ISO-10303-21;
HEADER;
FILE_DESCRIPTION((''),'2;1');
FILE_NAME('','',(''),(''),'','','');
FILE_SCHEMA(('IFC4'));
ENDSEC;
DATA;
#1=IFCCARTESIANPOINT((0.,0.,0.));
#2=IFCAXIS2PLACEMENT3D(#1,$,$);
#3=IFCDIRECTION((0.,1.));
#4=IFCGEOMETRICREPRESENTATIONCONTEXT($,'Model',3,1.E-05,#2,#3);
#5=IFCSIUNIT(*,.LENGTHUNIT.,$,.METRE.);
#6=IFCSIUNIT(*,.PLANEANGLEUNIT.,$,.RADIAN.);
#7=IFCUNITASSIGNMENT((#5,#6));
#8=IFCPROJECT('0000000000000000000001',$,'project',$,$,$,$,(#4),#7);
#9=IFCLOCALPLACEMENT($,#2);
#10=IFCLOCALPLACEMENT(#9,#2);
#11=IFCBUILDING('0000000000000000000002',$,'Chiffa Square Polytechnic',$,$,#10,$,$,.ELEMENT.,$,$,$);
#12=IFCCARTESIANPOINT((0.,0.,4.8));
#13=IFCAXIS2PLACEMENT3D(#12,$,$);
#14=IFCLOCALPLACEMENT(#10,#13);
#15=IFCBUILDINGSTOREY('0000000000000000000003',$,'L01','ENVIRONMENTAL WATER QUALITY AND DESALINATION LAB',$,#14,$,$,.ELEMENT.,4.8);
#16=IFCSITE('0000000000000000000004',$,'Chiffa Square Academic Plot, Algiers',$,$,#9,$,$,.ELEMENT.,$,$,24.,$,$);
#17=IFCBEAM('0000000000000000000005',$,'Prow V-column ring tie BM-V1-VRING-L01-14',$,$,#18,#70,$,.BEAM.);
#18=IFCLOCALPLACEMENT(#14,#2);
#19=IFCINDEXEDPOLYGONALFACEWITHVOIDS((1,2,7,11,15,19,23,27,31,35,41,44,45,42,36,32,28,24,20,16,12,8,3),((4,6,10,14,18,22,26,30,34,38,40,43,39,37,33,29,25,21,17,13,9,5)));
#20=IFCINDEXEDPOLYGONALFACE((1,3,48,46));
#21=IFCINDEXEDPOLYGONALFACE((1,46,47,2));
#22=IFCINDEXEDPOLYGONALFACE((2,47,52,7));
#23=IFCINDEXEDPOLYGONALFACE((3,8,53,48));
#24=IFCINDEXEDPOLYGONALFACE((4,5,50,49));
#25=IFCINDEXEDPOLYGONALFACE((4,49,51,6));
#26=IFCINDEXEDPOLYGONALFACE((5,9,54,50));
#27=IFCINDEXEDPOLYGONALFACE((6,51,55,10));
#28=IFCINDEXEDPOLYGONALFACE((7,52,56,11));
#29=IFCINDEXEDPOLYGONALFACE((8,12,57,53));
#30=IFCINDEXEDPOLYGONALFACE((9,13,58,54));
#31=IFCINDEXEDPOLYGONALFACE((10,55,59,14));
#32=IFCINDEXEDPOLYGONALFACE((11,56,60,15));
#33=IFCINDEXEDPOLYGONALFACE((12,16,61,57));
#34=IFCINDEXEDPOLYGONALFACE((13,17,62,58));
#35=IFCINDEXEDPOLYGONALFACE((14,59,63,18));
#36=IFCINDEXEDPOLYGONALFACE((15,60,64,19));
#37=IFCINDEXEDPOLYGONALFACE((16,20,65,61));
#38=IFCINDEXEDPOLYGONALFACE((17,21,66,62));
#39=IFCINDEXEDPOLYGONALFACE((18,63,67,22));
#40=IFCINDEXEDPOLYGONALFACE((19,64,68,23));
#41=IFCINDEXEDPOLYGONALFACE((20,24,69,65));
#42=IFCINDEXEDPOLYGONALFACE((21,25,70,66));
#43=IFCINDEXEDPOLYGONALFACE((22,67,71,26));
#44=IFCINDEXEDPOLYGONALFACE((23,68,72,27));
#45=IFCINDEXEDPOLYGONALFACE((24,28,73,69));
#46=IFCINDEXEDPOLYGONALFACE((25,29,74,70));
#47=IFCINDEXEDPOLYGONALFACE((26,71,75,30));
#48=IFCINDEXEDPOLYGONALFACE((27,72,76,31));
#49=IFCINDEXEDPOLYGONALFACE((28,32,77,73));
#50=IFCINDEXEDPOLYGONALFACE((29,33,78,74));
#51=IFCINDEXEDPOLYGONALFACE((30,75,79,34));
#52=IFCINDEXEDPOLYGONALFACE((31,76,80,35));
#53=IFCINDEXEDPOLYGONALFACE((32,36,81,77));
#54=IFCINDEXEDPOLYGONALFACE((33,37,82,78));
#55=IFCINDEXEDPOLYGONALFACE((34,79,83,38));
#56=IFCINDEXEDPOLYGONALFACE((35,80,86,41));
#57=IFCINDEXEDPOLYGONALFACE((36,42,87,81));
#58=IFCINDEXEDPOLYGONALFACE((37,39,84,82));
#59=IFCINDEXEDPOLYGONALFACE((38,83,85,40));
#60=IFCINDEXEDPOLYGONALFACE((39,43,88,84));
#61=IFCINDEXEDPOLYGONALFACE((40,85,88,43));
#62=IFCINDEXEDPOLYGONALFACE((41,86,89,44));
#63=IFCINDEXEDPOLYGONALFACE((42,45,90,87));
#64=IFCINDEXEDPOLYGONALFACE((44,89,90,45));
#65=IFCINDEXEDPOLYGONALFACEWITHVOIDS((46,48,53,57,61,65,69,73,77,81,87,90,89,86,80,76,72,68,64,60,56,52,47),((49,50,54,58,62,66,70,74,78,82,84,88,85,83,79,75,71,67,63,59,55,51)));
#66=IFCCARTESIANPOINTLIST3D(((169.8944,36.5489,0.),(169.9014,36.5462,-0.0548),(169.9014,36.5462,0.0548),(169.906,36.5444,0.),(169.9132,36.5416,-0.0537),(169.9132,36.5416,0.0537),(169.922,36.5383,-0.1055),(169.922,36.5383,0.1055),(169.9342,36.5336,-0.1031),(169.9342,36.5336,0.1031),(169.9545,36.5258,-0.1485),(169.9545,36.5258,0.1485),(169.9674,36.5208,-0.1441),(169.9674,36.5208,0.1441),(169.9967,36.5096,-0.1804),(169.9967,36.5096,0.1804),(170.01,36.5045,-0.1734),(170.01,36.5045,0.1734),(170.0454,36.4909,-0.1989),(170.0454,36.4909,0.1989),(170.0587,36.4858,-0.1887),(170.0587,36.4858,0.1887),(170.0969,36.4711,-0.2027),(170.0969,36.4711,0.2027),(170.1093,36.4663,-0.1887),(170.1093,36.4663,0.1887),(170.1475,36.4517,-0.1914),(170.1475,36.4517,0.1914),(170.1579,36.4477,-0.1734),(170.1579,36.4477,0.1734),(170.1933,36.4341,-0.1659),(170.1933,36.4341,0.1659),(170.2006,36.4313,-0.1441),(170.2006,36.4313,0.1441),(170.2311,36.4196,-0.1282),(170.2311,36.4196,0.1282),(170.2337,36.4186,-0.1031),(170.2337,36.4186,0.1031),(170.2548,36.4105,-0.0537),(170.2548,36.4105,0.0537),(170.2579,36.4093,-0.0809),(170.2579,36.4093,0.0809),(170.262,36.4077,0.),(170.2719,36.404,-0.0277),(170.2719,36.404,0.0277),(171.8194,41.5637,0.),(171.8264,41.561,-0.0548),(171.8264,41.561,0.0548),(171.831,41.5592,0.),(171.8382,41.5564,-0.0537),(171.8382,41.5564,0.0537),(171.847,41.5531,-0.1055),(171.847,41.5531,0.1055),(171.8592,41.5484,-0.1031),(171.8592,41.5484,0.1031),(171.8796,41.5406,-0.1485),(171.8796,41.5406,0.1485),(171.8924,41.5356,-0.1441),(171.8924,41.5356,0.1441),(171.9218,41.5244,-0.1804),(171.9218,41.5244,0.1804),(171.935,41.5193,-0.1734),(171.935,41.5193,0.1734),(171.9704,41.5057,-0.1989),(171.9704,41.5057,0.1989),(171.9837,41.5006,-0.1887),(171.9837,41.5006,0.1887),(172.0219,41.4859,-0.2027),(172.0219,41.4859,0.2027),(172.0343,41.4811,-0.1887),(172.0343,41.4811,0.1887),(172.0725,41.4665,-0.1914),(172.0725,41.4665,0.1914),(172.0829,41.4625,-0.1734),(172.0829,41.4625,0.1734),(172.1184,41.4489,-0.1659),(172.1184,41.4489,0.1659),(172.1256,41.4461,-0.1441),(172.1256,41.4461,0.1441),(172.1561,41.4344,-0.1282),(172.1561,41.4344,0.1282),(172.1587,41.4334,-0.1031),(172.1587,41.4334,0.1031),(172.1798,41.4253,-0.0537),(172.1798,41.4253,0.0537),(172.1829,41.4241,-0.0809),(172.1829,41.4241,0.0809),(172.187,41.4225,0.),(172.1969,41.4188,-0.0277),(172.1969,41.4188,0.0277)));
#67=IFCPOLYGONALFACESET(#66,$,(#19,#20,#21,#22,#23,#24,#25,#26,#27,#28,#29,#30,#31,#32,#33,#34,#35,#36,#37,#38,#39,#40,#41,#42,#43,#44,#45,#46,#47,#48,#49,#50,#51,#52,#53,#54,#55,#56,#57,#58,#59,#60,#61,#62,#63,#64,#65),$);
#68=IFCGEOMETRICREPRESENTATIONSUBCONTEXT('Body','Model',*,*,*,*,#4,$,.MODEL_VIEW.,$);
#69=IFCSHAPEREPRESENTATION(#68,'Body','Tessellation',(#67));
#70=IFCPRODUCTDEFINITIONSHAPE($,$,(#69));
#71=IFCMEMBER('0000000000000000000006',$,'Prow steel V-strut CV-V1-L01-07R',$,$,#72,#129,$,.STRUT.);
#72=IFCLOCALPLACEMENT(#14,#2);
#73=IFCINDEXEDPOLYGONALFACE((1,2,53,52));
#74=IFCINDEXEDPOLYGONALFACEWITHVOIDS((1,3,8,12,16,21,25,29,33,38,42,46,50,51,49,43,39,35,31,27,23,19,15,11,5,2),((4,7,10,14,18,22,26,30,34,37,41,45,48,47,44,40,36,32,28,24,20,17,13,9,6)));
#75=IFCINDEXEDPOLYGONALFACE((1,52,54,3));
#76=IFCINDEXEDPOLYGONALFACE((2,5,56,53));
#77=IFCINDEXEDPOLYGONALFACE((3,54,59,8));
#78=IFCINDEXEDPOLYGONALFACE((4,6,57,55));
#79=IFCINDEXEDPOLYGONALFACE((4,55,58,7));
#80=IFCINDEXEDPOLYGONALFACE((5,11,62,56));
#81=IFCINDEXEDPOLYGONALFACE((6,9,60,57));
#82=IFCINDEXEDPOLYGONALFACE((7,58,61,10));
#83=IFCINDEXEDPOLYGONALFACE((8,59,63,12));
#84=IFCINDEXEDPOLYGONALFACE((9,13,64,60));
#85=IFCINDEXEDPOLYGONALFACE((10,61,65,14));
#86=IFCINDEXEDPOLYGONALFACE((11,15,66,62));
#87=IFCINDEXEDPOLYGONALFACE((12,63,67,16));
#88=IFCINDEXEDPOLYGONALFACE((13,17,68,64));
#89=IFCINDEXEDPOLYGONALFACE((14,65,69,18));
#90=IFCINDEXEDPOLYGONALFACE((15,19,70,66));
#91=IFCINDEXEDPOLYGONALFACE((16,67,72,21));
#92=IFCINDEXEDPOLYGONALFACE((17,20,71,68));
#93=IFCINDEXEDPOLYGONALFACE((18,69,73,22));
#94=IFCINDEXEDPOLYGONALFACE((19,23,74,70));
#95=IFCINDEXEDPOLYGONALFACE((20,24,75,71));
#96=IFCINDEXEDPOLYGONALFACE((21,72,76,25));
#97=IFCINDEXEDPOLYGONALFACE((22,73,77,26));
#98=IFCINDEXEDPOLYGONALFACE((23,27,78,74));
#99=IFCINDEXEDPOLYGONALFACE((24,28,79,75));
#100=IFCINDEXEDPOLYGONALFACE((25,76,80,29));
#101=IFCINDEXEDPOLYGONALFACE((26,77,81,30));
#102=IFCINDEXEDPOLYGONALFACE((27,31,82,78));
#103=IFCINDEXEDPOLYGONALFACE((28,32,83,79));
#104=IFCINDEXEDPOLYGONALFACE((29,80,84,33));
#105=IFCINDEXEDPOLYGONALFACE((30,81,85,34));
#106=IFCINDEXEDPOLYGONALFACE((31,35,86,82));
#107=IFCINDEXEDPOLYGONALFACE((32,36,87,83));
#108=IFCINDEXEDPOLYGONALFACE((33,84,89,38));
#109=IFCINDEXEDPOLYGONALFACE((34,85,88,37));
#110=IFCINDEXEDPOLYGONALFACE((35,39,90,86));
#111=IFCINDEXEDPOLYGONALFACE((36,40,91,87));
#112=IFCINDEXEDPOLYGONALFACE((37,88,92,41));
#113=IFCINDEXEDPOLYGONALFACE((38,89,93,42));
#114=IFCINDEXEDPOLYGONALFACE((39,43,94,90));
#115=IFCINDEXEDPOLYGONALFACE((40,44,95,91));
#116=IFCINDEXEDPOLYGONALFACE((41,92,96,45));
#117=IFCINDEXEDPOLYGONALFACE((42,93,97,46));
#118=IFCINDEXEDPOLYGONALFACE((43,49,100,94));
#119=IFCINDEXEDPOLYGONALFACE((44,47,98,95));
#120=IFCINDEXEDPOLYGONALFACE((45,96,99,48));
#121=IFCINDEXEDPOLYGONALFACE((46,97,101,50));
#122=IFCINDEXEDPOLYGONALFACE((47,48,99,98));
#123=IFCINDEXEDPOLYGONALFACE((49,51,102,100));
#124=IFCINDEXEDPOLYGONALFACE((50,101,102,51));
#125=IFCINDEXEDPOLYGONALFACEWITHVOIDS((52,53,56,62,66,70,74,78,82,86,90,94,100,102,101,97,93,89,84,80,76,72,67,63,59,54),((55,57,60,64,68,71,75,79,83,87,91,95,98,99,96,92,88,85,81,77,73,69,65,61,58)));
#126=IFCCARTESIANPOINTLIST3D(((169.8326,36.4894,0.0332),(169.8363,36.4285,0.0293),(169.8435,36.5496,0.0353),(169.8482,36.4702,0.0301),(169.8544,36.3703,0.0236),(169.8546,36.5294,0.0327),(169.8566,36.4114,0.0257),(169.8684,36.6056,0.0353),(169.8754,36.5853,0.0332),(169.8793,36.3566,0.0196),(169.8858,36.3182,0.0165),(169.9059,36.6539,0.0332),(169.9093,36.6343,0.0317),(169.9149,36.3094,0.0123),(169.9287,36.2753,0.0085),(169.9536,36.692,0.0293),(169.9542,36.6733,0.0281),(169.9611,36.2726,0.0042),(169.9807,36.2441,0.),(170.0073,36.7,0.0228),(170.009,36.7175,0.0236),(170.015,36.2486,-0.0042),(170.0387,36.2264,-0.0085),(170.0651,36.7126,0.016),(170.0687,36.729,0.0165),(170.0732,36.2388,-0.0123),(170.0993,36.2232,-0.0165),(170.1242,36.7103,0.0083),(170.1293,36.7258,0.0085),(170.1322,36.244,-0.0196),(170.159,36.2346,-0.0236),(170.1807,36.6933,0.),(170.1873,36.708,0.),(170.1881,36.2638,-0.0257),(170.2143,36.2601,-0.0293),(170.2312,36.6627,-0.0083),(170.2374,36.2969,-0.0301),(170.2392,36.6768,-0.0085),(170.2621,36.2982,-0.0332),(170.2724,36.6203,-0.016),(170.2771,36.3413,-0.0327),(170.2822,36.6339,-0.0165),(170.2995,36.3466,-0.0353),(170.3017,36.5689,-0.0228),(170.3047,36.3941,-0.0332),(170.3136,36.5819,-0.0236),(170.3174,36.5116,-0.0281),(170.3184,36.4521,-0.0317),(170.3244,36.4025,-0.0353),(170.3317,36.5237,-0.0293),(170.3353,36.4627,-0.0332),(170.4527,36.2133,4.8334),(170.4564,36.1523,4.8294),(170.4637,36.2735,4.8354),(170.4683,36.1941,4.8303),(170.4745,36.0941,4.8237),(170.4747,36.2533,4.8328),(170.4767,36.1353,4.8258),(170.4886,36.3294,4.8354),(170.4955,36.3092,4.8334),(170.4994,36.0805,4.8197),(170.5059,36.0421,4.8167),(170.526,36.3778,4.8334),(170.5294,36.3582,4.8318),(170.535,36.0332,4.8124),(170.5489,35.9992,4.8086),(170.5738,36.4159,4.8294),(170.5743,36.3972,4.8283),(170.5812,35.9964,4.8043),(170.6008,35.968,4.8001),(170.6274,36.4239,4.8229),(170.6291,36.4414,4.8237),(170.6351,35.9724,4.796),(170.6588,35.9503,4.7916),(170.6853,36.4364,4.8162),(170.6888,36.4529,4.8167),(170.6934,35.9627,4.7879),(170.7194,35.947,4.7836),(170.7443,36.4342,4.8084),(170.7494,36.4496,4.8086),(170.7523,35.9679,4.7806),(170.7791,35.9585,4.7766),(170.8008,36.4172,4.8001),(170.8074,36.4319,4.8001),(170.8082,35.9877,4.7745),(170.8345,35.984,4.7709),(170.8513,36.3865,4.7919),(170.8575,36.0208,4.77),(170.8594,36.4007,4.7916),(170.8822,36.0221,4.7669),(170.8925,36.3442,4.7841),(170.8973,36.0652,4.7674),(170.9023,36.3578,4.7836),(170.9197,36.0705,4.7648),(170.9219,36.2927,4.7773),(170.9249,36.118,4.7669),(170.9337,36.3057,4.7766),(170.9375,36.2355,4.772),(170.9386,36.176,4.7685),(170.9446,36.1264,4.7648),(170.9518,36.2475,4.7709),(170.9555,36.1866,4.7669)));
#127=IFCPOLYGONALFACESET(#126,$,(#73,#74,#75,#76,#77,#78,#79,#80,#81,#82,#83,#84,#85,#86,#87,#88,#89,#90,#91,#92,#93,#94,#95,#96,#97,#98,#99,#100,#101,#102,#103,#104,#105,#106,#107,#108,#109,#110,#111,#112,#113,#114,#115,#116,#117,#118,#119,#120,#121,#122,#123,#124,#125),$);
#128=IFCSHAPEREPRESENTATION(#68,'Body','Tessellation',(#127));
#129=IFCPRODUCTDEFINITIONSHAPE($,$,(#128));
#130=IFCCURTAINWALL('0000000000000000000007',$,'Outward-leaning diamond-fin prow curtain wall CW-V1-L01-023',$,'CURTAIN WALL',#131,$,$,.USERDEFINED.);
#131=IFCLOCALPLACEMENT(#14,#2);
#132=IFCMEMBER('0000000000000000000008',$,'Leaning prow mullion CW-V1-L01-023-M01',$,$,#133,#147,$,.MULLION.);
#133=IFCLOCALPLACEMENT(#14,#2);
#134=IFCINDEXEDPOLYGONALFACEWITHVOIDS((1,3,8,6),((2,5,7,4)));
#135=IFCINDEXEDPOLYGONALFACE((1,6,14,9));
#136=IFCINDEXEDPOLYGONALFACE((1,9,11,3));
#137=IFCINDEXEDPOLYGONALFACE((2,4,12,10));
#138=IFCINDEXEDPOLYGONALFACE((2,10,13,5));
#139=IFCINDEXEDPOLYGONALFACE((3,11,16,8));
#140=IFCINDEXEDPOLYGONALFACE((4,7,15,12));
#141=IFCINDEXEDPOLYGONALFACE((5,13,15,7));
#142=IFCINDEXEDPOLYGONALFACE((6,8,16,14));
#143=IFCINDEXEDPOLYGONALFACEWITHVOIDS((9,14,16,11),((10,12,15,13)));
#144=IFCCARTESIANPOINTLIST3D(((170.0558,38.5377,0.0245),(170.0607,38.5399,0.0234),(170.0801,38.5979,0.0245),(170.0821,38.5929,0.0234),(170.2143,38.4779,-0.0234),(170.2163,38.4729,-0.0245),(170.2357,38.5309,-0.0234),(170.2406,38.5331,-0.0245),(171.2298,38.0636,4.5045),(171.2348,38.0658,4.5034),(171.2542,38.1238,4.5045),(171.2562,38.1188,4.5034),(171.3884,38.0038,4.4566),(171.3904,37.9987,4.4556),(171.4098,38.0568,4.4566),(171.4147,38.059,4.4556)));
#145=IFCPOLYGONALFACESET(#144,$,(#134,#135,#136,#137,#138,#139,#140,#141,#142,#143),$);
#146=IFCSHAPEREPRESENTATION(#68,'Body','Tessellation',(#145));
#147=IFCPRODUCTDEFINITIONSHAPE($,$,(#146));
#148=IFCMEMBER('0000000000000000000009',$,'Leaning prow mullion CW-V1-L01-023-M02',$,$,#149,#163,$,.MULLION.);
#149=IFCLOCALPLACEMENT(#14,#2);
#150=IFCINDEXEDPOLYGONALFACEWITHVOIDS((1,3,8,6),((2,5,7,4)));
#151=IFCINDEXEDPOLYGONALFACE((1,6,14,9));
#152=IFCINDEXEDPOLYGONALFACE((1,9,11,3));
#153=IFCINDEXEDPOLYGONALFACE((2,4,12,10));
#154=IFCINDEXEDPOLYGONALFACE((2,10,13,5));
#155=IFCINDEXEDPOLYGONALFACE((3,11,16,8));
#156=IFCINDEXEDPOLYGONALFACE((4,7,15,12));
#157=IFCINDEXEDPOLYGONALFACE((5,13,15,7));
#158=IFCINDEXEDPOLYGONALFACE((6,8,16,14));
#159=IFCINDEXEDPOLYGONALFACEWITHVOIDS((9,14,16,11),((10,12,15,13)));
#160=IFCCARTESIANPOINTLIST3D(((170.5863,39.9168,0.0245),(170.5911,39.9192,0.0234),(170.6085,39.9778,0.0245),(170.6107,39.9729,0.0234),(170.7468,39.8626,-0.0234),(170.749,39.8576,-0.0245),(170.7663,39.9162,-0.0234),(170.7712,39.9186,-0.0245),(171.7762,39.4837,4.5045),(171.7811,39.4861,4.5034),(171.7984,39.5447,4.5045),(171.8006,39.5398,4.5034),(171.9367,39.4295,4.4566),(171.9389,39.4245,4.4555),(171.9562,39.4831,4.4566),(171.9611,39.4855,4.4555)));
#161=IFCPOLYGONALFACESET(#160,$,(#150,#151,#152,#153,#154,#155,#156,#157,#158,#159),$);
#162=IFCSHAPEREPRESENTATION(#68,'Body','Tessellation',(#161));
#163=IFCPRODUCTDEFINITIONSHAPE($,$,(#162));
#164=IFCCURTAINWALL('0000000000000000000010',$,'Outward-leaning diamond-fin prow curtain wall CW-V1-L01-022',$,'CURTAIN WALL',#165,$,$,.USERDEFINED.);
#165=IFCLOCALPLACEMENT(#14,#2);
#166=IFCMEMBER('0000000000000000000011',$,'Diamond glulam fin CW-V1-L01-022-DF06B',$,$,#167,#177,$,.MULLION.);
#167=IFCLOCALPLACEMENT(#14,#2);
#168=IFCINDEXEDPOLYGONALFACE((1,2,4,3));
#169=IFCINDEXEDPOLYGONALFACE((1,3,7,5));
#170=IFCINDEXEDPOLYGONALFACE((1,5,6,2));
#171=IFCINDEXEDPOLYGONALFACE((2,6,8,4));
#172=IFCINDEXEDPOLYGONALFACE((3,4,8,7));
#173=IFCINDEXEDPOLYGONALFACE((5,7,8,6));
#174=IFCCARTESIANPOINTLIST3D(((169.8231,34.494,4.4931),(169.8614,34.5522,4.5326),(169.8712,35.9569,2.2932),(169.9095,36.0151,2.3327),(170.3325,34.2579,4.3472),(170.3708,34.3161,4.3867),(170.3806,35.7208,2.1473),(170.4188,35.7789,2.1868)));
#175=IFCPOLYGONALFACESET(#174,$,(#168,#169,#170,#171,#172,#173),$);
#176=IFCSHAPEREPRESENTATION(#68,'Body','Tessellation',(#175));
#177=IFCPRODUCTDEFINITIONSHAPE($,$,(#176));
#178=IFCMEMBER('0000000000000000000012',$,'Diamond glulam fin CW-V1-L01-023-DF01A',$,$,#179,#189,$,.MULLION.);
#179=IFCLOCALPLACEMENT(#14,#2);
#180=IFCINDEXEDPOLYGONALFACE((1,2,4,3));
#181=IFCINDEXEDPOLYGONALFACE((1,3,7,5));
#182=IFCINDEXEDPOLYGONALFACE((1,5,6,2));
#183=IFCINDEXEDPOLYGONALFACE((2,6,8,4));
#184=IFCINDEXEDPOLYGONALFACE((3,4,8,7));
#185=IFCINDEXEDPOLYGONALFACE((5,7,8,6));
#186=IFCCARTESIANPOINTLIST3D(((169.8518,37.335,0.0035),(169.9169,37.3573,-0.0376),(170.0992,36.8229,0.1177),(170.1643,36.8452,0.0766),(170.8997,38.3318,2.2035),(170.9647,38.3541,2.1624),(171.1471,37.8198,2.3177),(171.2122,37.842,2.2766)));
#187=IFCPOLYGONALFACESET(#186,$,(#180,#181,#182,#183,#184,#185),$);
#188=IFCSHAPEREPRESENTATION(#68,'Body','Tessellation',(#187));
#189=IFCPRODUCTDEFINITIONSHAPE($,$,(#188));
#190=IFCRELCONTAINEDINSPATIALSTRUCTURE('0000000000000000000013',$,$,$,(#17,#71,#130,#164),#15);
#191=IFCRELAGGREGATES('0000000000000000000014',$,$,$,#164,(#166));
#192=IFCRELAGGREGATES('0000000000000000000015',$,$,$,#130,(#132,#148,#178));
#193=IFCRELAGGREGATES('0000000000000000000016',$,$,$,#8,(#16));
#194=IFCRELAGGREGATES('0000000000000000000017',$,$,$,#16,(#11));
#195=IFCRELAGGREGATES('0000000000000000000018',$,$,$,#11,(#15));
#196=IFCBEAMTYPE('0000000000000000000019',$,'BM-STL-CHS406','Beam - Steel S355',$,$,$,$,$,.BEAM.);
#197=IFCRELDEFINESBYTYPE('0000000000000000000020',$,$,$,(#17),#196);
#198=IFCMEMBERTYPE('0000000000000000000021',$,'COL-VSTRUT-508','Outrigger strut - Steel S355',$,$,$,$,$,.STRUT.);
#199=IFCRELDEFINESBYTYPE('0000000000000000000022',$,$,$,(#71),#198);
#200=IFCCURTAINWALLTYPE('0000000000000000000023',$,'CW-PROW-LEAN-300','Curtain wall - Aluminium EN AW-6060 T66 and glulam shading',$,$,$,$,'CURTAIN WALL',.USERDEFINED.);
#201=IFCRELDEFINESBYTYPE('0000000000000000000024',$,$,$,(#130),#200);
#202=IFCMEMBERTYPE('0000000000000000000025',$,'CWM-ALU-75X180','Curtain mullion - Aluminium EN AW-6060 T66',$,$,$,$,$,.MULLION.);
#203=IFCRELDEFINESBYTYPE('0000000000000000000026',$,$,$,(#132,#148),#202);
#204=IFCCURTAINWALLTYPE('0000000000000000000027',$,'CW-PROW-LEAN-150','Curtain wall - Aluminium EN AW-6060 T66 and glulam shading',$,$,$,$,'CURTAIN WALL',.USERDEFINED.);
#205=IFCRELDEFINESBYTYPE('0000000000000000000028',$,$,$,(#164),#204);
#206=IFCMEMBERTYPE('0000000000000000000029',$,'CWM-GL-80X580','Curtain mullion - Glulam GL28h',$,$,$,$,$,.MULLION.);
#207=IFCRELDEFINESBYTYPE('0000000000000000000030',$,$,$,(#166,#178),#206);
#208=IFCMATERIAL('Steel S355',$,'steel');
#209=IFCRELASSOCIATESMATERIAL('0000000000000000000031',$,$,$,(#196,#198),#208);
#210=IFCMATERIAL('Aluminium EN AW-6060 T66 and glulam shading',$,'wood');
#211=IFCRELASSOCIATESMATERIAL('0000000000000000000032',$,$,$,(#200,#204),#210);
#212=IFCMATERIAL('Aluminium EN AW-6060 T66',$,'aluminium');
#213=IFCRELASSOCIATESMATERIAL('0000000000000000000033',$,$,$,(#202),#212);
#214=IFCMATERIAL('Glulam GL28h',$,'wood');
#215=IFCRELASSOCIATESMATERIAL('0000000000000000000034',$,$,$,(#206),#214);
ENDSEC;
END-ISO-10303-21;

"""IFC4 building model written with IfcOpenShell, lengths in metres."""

from ifc_helpers import new_model, si_unit, direction, frame, origin, origin_2d, place, context, subcontext, project, spatial, rectangle, hollow_rectangle, hollow_circle, extrude, material, material_profile, profile_set, type_object, element, aggregate, save


model = new_model("IFC4")

# Units and contexts
model_context = context("Model", 3, precision=1e-05, world=origin(), true_north=direction((0.0, 1.0)))
body_context = subcontext(model_context, "Body", "Model", "MODEL_VIEW")
ifc_project = project(units=[si_unit("LENGTHUNIT", "METRE"), si_unit("PLANEANGLEUNIT", "RADIAN")], contexts=[model_context])

# Site, building, storey
site_placement = place(None, origin())
site = spatial("IfcSite", under=ifc_project, at=site_placement, Name="Chiffa Square Academic Plot, Algiers", CompositionType="ELEMENT", RefElevation=24.0)
building_placement = place(site_placement, origin())
building = spatial("IfcBuilding", under=site, at=building_placement, Name="Chiffa Square Polytechnic", CompositionType="ELEMENT")
storey_placement = place(building_placement, frame((0.0, 0.0, 4.8)))
storey = spatial("IfcBuildingStorey", under=building, at=storey_placement, Name="L01", Description="ENVIRONMENTAL WATER QUALITY AND DESALINATION LAB", CompositionType="ELEMENT", Elevation=4.8)

# Beam
ifc_material_1 = material(Name="Steel S355", Category="steel")
ifc_material_profile_1 = material_profile(ifc_material_1, hollow_circle(Radius=0.2031, WallThickness=0.0125, at=origin_2d()), Name="CHS 406.4x12.5")
ifc_profile_set_1 = profile_set([ifc_material_profile_1], Name="Steel S355")
beam_type = type_object("IfcBeamType", Name="BM-STL-CHS406", Description="Beam - Steel S355", PredefinedType="BEAM", material=ifc_profile_set_1)
beam_placement = place(storey_placement, frame((170.084, 36.4761, 0.0), z_axis=(0.35837, 0.93358, 0.0), x_axis=(-0.93358, 0.35837, 0.0)))
element("IfcBeam", 1, at=beam_placement, inside=storey, type_object=beam_type, Name="Prow V-column ring tie BM-V1-VRING-L01-14", PredefinedType="BEAM", context=body_context, shape_type="SweptSolid", body=[
    extrude(hollow_circle(Radius=0.2031, WallThickness=0.0125, at=origin_2d()), origin(), (0.0, 0.0, 1.0), 5.3716),
])

# Member
ifc_material_profile_2 = material_profile(ifc_material_1, hollow_circle(Radius=0.2539, WallThickness=0.0161, at=origin_2d()), Name="CHS 508x16")
ifc_profile_set_2 = profile_set([ifc_material_profile_2], Name="Steel S355")
member_type_1 = type_object("IfcMemberType", Name="COL-VSTRUT-508", Description="Outrigger strut - Steel S355", PredefinedType="STRUT", material=ifc_profile_set_2)
member_1_placement = place(storey_placement, frame((170.084, 36.4761, 0.0), z_axis=(0.127917, -0.056958, 0.990148), x_axis=(0.406772, 0.91353, 0.0)))
element("IfcMember", 2, at=member_1_placement, inside=storey, type_object=member_type_1, Name="Prow steel V-strut CV-V1-L01-07R", PredefinedType="STRUT", context=body_context, shape_type="SweptSolid", body=[
    extrude(hollow_circle(Radius=0.2539, WallThickness=0.0161, at=origin_2d()), origin(), (0.0, 0.0, 1.0), 4.8479),
])

# Curtain wall, members
ifc_material_2 = material(Name="Aluminium EN AW-6060 T66 and glulam shading", Category="wood")
curtain_wall_type_1 = type_object("IfcCurtainWallType", Name="CW-PROW-LEAN-300", Description="Curtain wall - Aluminium EN AW-6060 T66 and glulam shading", ElementType="CURTAIN WALL", PredefinedType="USERDEFINED", material=ifc_material_2)
curtain_wall_1_placement = place(storey_placement, origin())
curtain_wall_1 = element("IfcCurtainWall", 3, at=curtain_wall_1_placement, inside=storey, type_object=curtain_wall_type_1, Name="Outward-leaning diamond-fin prow curtain wall CW-V1-L01-023", ObjectType="CURTAIN WALL", PredefinedType="USERDEFINED")
ifc_material_3 = material(Name="Aluminium EN AW-6060 T66", Category="aluminium")
ifc_material_profile_3 = material_profile(ifc_material_3, hollow_rectangle(XDim=0.0649, YDim=0.1799, WallThickness=0.0039, at=origin_2d()), Name="ALU 65x180x4")
ifc_profile_set_3 = profile_set([ifc_material_profile_3], Name="Aluminium EN AW-6060 T66")
member_type_2 = type_object("IfcMemberType", Name="CWM-ALU-75X180", Description="Curtain mullion - Aluminium EN AW-6060 T66", PredefinedType="MULLION", material=ifc_profile_set_3)
member_2_placement = place(storey_placement, frame((170.1482, 38.5354, 0.0), z_axis=(0.252192, -0.101842, 0.962303), x_axis=(0.374447, 0.927248, 0.0)))
member_2 = element("IfcMember", 4, at=member_2_placement, type_object=member_type_2, Name="Leaning prow mullion CW-V1-L01-023-M01", PredefinedType="MULLION", context=body_context, shape_type="SweptSolid", body=[
    extrude(hollow_rectangle(XDim=0.0649, YDim=0.1799, WallThickness=0.0039, at=origin_2d()), origin(), (0.0, 0.0, 1.0), 4.6555),
])
member_3_placement = place(storey_placement, frame((170.6787, 39.9177, 0.0), z_axis=(0.255599, -0.093031, 0.962297), x_axis=(0.342022, 0.939692, 0.0)))
member_3 = element("IfcMember", 5, at=member_3_placement, type_object=member_type_2, Name="Leaning prow mullion CW-V1-L01-023-M02", PredefinedType="MULLION", context=body_context, shape_type="SweptSolid", body=[
    extrude(hollow_rectangle(XDim=0.0649, YDim=0.1799, WallThickness=0.0039, at=origin_2d()), origin(), (0.0, 0.0, 1.0), 4.6555),
])

# Curtain wall, member
curtain_wall_type_2 = type_object("IfcCurtainWallType", Name="CW-PROW-LEAN-150", Description="Curtain wall - Aluminium EN AW-6060 T66 and glulam shading", ElementType="CURTAIN WALL", PredefinedType="USERDEFINED", material=ifc_material_2)
curtain_wall_2_placement = place(storey_placement, origin())
curtain_wall_2 = element("IfcCurtainWall", 6, at=curtain_wall_2_placement, inside=storey, type_object=curtain_wall_type_2, Name="Outward-leaning diamond-fin prow curtain wall CW-V1-L01-022", ObjectType="CURTAIN WALL", PredefinedType="USERDEFINED")
ifc_material_4 = material(Name="Glulam GL28h", Category="wood")
ifc_material_profile_4 = material_profile(ifc_material_4, rectangle(XDim=0.0801, YDim=0.5801, at=origin_2d()), Name="GL28h 80x580")
ifc_profile_set_4 = profile_set([ifc_material_profile_4], Name="Glulam GL28h")
member_type_3 = type_object("IfcMemberType", Name="CWM-GL-80X580", Description="Curtain mullion - Glulam GL28h", PredefinedType="MULLION", material=ifc_profile_set_4)
member_4_placement = place(storey_placement, frame((170.145, 35.8679, 2.24), z_axis=(-0.018202, -0.553627, 0.832566), x_axis=(0.478121, 0.726503, 0.493552)))
member_4 = element("IfcMember", 7, at=member_4_placement, type_object=member_type_3, Name="Diamond glulam fin CW-V1-L01-022-DF06B", PredefinedType="MULLION", context=body_context, shape_type="SweptSolid", body=[
    extrude(rectangle(XDim=0.0801, YDim=0.5801, at=origin_2d()), origin(), (0.0, 0.0, 1.0), 2.6423),
])
aggregate(curtain_wall_2, [member_4])

# Member
member_5_placement = place(storey_placement, frame((170.0081, 37.0901, 0.04), z_axis=(0.398005, 0.378624, 0.835606), x_axis=(-0.812211, -0.278037, 0.512844)))
member_5 = element("IfcMember", 8, at=member_5_placement, type_object=member_type_3, Name="Diamond glulam fin CW-V1-L01-023-DF01A", PredefinedType="MULLION", context=body_context, shape_type="SweptSolid", body=[
    extrude(rectangle(XDim=0.0801, YDim=0.5801, at=origin_2d()), origin(), (0.0, 0.0, 1.0), 2.6328),
])

aggregate(curtain_wall_1, [member_2, member_3, member_5])

save(model, "model.ifc")
